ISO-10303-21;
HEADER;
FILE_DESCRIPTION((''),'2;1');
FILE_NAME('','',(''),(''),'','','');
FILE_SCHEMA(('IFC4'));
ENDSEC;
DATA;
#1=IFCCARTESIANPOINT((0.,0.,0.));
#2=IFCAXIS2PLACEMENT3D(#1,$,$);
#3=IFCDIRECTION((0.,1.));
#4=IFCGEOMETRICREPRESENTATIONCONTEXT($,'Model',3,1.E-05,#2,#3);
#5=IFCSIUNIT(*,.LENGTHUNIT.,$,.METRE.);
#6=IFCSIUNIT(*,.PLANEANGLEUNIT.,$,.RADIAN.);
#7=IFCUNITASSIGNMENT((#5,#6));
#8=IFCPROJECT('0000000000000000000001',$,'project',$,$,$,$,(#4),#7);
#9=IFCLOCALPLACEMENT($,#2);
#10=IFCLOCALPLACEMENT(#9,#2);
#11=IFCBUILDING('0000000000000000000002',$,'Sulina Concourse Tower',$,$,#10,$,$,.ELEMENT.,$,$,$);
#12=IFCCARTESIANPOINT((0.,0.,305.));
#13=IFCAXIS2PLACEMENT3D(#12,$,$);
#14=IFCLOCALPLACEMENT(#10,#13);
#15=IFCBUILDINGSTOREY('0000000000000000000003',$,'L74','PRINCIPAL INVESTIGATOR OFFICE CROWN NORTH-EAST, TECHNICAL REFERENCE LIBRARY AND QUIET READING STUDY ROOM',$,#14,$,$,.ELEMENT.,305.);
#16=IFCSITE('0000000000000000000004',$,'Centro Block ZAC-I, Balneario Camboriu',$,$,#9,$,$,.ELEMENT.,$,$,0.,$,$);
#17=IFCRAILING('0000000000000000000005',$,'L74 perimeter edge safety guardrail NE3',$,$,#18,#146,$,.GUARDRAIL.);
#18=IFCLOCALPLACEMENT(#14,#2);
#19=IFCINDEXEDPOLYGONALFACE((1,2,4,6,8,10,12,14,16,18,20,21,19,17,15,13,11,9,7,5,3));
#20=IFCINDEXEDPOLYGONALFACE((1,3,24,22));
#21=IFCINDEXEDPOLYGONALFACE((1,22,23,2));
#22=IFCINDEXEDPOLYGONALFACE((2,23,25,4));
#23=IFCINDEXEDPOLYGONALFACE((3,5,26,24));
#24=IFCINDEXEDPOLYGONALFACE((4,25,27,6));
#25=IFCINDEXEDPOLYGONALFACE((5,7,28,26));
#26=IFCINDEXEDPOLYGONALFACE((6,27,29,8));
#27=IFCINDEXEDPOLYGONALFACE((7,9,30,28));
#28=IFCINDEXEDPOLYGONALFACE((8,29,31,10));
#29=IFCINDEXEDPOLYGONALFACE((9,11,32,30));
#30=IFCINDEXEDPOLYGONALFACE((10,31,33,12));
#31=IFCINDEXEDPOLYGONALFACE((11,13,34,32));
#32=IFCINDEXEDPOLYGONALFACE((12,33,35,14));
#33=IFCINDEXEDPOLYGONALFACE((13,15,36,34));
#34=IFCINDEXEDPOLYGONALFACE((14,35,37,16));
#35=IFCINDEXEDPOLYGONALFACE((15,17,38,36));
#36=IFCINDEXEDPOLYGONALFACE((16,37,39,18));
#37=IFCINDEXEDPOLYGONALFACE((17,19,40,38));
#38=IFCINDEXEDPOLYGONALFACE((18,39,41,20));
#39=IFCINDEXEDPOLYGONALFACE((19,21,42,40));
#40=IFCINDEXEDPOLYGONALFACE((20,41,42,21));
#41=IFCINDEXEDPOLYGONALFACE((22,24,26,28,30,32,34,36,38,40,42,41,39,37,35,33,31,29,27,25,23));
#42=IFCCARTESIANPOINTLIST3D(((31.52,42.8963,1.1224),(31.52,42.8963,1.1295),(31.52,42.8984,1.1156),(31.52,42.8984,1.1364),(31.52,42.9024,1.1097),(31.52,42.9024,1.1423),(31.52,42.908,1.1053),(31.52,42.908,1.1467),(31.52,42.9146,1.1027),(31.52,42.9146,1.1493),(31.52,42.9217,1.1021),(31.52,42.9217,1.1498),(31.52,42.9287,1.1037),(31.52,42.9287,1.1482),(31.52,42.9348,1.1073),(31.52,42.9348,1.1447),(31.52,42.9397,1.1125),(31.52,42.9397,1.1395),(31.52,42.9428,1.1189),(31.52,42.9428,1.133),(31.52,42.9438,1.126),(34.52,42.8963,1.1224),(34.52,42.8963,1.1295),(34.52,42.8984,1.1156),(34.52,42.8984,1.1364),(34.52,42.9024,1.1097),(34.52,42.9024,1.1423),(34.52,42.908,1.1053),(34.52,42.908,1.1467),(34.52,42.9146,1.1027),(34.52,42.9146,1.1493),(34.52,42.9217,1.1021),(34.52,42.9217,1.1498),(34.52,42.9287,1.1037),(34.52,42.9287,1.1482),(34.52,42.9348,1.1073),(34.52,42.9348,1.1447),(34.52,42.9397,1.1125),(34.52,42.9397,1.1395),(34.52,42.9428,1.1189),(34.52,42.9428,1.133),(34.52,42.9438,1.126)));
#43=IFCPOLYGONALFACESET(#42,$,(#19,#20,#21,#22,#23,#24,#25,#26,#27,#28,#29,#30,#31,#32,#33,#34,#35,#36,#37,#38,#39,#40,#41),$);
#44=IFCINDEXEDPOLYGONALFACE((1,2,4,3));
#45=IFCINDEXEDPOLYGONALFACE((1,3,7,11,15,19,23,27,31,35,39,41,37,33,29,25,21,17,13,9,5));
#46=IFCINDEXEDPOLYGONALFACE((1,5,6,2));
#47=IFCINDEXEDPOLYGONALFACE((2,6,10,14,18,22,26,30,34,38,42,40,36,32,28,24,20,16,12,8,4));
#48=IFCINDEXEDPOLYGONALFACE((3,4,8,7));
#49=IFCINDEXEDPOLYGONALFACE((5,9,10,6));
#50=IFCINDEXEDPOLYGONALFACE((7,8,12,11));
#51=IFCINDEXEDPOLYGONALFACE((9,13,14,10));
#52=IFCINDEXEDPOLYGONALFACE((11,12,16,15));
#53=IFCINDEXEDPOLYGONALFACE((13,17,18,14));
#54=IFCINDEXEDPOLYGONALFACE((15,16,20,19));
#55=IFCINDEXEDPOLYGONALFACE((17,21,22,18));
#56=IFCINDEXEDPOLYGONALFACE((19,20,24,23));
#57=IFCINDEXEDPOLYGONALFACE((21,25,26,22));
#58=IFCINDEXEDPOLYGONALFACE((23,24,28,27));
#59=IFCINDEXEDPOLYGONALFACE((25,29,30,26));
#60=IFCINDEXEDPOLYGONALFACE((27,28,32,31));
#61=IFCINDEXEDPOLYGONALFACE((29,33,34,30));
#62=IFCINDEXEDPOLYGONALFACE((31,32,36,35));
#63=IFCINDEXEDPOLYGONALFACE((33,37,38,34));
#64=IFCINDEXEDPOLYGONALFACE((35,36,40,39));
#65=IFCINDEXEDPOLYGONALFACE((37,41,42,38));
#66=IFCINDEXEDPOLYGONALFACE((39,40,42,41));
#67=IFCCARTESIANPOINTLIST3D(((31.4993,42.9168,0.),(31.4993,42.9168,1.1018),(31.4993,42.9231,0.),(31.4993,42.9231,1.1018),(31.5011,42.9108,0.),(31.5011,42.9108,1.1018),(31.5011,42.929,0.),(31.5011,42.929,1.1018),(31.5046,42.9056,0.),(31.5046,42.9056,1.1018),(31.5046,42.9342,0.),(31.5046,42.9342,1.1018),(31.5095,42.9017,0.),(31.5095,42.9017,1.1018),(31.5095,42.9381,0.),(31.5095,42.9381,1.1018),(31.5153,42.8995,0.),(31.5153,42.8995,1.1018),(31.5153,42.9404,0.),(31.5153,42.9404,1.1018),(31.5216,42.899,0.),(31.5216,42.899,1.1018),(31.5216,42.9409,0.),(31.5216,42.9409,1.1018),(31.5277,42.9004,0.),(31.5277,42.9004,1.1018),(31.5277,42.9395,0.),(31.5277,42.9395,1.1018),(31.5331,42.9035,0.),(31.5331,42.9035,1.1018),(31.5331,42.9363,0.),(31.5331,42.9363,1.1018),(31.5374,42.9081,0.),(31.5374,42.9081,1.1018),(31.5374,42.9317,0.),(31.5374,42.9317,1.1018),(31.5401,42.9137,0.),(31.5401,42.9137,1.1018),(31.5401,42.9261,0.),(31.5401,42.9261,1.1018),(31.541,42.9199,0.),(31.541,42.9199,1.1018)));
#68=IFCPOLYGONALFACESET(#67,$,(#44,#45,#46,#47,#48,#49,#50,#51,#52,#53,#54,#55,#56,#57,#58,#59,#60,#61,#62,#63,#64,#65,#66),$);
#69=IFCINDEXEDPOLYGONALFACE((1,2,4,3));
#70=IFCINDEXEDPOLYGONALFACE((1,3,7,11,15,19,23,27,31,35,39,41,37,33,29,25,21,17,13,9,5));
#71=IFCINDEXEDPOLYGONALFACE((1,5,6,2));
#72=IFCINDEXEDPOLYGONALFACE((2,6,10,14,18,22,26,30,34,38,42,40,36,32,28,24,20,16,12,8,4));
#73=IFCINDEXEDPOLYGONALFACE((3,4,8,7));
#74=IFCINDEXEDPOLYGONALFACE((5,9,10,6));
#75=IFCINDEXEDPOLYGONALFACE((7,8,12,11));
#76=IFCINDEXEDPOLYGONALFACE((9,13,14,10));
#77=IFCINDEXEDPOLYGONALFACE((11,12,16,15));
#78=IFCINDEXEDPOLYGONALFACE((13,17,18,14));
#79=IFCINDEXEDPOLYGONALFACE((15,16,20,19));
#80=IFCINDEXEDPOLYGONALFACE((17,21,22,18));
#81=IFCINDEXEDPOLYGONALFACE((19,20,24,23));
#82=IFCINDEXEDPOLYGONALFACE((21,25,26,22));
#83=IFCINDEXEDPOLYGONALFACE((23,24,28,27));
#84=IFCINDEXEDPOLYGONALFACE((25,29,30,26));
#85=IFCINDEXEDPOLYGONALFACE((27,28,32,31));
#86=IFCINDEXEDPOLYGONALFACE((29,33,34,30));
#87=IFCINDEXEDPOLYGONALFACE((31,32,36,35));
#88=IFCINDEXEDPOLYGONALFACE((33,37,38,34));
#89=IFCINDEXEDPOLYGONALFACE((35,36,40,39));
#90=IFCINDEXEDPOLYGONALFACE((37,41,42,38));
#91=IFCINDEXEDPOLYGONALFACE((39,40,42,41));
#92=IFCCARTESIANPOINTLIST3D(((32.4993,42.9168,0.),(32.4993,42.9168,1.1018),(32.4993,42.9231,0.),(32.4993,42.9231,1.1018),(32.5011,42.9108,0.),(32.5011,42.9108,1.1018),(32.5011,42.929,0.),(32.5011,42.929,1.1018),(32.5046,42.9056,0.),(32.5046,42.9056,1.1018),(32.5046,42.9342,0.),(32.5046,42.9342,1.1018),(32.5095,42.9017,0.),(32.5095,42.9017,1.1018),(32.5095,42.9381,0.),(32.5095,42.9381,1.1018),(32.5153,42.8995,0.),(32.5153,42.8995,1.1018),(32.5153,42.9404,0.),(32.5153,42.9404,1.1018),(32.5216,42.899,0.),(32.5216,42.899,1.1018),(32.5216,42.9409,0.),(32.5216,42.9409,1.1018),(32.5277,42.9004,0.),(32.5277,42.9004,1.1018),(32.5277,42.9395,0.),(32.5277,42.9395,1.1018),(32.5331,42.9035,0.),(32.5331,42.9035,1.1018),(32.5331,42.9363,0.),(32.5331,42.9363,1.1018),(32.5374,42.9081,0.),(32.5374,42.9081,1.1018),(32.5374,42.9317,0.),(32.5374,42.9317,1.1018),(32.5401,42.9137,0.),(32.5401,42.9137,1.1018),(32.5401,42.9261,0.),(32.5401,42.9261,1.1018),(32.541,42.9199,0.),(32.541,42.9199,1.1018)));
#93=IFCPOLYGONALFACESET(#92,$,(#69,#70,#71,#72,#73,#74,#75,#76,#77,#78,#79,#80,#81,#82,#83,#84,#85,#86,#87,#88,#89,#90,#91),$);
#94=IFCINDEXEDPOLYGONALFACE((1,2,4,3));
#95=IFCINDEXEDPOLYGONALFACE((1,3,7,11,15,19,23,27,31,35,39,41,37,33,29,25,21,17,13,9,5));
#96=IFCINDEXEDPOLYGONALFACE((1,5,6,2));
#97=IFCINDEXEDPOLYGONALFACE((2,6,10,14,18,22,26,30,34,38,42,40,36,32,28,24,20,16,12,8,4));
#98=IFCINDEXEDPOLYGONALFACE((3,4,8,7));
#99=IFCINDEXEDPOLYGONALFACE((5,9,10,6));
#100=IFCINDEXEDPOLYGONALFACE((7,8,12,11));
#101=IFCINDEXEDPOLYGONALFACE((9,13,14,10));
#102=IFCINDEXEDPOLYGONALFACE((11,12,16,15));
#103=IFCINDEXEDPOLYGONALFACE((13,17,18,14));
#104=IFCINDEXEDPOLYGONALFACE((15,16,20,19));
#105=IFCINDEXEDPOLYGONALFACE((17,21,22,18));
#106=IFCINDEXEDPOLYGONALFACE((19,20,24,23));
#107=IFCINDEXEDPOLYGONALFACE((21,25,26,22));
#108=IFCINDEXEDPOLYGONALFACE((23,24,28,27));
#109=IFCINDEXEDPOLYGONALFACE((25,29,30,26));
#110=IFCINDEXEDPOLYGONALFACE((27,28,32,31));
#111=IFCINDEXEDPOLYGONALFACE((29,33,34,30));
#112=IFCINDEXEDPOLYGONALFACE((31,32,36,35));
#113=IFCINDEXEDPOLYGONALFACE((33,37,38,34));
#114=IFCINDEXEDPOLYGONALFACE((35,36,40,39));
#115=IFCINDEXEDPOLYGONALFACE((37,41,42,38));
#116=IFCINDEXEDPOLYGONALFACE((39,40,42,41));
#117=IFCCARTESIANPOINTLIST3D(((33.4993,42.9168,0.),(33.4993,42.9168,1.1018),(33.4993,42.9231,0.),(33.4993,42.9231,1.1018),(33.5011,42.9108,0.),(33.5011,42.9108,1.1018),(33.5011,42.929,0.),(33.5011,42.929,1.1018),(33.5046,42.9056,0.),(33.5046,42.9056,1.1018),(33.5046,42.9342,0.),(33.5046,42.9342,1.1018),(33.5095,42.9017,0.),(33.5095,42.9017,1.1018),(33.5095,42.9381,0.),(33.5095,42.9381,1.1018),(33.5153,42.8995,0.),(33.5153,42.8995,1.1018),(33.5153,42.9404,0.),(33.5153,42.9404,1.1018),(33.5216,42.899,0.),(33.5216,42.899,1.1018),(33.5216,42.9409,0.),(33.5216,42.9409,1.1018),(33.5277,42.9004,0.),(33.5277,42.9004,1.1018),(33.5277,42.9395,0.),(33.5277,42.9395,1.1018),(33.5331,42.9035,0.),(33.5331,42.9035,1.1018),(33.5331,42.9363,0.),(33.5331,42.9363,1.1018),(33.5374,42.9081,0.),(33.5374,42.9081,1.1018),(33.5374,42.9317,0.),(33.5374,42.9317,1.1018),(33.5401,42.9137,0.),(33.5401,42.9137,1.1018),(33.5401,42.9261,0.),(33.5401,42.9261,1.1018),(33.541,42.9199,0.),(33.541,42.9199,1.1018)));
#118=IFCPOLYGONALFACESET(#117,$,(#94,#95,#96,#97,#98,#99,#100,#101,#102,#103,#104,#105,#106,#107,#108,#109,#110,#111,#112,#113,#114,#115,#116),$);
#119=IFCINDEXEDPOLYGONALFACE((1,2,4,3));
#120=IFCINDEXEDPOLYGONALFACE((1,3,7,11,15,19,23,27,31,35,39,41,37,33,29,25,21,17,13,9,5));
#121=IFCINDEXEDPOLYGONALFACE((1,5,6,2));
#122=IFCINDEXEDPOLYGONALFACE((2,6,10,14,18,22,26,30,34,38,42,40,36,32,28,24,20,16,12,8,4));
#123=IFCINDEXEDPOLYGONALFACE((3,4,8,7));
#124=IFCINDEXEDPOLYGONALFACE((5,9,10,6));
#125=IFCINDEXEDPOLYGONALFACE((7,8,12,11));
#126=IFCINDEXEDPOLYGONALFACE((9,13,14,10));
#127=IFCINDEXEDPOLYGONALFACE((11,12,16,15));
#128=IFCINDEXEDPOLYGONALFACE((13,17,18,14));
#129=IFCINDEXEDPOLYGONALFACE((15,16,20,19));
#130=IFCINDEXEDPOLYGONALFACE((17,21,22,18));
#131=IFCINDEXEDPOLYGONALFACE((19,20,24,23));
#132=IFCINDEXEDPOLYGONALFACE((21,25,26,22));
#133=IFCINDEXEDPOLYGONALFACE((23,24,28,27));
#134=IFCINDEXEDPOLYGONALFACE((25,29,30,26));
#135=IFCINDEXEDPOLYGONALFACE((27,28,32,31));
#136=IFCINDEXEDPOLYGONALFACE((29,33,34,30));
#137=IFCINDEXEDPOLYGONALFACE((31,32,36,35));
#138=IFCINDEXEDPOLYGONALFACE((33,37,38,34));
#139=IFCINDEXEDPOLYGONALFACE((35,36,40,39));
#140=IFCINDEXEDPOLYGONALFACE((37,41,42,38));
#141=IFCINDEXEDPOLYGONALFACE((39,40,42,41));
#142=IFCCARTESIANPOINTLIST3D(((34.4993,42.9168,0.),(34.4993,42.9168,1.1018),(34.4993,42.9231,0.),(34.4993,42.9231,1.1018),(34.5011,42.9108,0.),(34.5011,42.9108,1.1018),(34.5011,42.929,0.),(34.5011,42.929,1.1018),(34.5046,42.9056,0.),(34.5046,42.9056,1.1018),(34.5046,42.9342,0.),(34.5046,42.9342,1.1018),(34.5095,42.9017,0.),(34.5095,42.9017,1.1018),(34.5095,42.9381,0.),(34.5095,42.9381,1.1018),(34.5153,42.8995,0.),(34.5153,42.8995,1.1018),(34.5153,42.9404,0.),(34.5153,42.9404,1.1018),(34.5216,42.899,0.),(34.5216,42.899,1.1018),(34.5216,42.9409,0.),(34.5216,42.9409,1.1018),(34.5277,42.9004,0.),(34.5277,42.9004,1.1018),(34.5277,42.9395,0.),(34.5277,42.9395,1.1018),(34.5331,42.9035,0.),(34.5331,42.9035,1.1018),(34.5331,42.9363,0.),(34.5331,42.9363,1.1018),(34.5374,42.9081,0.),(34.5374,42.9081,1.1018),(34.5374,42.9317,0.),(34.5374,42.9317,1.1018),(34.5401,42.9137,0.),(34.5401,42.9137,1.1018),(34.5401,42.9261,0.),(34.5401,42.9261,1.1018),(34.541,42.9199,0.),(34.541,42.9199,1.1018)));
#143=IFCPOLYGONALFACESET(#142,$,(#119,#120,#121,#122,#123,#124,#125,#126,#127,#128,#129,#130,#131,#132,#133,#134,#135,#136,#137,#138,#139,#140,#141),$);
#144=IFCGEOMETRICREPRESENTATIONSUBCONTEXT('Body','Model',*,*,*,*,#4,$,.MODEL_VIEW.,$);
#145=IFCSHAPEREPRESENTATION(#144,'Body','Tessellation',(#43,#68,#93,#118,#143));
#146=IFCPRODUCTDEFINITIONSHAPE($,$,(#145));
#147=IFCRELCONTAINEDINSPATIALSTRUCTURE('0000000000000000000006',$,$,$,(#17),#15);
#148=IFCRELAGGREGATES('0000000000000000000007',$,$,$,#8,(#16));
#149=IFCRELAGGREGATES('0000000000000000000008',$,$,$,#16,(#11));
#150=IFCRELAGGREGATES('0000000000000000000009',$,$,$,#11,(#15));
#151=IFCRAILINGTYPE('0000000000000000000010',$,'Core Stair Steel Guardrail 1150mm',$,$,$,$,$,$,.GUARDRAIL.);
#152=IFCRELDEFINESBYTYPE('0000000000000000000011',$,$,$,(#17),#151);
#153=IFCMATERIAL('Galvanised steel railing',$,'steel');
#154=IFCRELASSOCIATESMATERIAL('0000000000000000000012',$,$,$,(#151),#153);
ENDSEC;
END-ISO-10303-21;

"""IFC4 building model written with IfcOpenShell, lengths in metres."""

from ifc_helpers import new_model, si_unit, direction, frame, origin, origin_2d, place, context, subcontext, project, spatial, circle, extrude, material, type_object, element, save


model = new_model("IFC4")

# Units and contexts
model_context = context("Model", 3, precision=1e-05, world=origin(), true_north=direction((0.0, 1.0)))
body_context = subcontext(model_context, "Body", "Model", "MODEL_VIEW")
ifc_project = project(units=[si_unit("LENGTHUNIT", "METRE"), si_unit("PLANEANGLEUNIT", "RADIAN")], contexts=[model_context])

# Site, building, storey
site_placement = place(None, origin())
site = spatial("IfcSite", under=ifc_project, at=site_placement, Name="Centro Block ZAC-I, Balneario Camboriu", CompositionType="ELEMENT", RefElevation=0.0)
building_placement = place(site_placement, origin())
building = spatial("IfcBuilding", under=site, at=building_placement, Name="Sulina Concourse Tower", CompositionType="ELEMENT")
storey_placement = place(building_placement, frame((0.0, 0.0, 305.0)))
storey = spatial("IfcBuildingStorey", under=building, at=storey_placement, Name="L74", Description="PRINCIPAL INVESTIGATOR OFFICE CROWN NORTH-EAST, TECHNICAL REFERENCE LIBRARY AND QUIET READING STUDY ROOM", CompositionType="ELEMENT", Elevation=305.0)

# Railing
ifc_material_1 = material(Name="Galvanised steel railing", Category="steel")
railing_type_1 = type_object("IfcRailingType", Name="Core Stair Steel Guardrail 1150mm", PredefinedType="GUARDRAIL", material=ifc_material_1)
railing_1_placement = place(storey_placement, frame((31.52, 42.9199, 0.0)))
element("IfcRailing", 1, at=railing_1_placement, inside=storey, type_object=railing_type_1, Name="L74 perimeter edge safety guardrail NE3", PredefinedType="GUARDRAIL", context=body_context, shape_type="SweptSolid", body=[
    extrude(circle(Radius=0.0239, at=origin_2d()), frame((0.0, 0.0, 1.126), z_axis=(1.0, 0.0, 0.0), x_axis=(0.0, 1.0, 0.0)), (0.0, 0.0, 1.0), 3.0),
    extrude(circle(Radius=0.021, at=origin_2d()), origin(), (0.0, 0.0, 1.0), 1.1018),
    extrude(circle(Radius=0.021, at=origin_2d()), frame((1.0, 0.0, 0.0)), (0.0, 0.0, 1.0), 1.1018),
    extrude(circle(Radius=0.021, at=origin_2d()), frame((2.0, 0.0, 0.0)), (0.0, 0.0, 1.0), 1.1018),
    extrude(circle(Radius=0.021, at=origin_2d()), frame((3.0, 0.0, 0.0)), (0.0, 0.0, 1.0), 1.1018),
])

save(model, "model.ifc")
